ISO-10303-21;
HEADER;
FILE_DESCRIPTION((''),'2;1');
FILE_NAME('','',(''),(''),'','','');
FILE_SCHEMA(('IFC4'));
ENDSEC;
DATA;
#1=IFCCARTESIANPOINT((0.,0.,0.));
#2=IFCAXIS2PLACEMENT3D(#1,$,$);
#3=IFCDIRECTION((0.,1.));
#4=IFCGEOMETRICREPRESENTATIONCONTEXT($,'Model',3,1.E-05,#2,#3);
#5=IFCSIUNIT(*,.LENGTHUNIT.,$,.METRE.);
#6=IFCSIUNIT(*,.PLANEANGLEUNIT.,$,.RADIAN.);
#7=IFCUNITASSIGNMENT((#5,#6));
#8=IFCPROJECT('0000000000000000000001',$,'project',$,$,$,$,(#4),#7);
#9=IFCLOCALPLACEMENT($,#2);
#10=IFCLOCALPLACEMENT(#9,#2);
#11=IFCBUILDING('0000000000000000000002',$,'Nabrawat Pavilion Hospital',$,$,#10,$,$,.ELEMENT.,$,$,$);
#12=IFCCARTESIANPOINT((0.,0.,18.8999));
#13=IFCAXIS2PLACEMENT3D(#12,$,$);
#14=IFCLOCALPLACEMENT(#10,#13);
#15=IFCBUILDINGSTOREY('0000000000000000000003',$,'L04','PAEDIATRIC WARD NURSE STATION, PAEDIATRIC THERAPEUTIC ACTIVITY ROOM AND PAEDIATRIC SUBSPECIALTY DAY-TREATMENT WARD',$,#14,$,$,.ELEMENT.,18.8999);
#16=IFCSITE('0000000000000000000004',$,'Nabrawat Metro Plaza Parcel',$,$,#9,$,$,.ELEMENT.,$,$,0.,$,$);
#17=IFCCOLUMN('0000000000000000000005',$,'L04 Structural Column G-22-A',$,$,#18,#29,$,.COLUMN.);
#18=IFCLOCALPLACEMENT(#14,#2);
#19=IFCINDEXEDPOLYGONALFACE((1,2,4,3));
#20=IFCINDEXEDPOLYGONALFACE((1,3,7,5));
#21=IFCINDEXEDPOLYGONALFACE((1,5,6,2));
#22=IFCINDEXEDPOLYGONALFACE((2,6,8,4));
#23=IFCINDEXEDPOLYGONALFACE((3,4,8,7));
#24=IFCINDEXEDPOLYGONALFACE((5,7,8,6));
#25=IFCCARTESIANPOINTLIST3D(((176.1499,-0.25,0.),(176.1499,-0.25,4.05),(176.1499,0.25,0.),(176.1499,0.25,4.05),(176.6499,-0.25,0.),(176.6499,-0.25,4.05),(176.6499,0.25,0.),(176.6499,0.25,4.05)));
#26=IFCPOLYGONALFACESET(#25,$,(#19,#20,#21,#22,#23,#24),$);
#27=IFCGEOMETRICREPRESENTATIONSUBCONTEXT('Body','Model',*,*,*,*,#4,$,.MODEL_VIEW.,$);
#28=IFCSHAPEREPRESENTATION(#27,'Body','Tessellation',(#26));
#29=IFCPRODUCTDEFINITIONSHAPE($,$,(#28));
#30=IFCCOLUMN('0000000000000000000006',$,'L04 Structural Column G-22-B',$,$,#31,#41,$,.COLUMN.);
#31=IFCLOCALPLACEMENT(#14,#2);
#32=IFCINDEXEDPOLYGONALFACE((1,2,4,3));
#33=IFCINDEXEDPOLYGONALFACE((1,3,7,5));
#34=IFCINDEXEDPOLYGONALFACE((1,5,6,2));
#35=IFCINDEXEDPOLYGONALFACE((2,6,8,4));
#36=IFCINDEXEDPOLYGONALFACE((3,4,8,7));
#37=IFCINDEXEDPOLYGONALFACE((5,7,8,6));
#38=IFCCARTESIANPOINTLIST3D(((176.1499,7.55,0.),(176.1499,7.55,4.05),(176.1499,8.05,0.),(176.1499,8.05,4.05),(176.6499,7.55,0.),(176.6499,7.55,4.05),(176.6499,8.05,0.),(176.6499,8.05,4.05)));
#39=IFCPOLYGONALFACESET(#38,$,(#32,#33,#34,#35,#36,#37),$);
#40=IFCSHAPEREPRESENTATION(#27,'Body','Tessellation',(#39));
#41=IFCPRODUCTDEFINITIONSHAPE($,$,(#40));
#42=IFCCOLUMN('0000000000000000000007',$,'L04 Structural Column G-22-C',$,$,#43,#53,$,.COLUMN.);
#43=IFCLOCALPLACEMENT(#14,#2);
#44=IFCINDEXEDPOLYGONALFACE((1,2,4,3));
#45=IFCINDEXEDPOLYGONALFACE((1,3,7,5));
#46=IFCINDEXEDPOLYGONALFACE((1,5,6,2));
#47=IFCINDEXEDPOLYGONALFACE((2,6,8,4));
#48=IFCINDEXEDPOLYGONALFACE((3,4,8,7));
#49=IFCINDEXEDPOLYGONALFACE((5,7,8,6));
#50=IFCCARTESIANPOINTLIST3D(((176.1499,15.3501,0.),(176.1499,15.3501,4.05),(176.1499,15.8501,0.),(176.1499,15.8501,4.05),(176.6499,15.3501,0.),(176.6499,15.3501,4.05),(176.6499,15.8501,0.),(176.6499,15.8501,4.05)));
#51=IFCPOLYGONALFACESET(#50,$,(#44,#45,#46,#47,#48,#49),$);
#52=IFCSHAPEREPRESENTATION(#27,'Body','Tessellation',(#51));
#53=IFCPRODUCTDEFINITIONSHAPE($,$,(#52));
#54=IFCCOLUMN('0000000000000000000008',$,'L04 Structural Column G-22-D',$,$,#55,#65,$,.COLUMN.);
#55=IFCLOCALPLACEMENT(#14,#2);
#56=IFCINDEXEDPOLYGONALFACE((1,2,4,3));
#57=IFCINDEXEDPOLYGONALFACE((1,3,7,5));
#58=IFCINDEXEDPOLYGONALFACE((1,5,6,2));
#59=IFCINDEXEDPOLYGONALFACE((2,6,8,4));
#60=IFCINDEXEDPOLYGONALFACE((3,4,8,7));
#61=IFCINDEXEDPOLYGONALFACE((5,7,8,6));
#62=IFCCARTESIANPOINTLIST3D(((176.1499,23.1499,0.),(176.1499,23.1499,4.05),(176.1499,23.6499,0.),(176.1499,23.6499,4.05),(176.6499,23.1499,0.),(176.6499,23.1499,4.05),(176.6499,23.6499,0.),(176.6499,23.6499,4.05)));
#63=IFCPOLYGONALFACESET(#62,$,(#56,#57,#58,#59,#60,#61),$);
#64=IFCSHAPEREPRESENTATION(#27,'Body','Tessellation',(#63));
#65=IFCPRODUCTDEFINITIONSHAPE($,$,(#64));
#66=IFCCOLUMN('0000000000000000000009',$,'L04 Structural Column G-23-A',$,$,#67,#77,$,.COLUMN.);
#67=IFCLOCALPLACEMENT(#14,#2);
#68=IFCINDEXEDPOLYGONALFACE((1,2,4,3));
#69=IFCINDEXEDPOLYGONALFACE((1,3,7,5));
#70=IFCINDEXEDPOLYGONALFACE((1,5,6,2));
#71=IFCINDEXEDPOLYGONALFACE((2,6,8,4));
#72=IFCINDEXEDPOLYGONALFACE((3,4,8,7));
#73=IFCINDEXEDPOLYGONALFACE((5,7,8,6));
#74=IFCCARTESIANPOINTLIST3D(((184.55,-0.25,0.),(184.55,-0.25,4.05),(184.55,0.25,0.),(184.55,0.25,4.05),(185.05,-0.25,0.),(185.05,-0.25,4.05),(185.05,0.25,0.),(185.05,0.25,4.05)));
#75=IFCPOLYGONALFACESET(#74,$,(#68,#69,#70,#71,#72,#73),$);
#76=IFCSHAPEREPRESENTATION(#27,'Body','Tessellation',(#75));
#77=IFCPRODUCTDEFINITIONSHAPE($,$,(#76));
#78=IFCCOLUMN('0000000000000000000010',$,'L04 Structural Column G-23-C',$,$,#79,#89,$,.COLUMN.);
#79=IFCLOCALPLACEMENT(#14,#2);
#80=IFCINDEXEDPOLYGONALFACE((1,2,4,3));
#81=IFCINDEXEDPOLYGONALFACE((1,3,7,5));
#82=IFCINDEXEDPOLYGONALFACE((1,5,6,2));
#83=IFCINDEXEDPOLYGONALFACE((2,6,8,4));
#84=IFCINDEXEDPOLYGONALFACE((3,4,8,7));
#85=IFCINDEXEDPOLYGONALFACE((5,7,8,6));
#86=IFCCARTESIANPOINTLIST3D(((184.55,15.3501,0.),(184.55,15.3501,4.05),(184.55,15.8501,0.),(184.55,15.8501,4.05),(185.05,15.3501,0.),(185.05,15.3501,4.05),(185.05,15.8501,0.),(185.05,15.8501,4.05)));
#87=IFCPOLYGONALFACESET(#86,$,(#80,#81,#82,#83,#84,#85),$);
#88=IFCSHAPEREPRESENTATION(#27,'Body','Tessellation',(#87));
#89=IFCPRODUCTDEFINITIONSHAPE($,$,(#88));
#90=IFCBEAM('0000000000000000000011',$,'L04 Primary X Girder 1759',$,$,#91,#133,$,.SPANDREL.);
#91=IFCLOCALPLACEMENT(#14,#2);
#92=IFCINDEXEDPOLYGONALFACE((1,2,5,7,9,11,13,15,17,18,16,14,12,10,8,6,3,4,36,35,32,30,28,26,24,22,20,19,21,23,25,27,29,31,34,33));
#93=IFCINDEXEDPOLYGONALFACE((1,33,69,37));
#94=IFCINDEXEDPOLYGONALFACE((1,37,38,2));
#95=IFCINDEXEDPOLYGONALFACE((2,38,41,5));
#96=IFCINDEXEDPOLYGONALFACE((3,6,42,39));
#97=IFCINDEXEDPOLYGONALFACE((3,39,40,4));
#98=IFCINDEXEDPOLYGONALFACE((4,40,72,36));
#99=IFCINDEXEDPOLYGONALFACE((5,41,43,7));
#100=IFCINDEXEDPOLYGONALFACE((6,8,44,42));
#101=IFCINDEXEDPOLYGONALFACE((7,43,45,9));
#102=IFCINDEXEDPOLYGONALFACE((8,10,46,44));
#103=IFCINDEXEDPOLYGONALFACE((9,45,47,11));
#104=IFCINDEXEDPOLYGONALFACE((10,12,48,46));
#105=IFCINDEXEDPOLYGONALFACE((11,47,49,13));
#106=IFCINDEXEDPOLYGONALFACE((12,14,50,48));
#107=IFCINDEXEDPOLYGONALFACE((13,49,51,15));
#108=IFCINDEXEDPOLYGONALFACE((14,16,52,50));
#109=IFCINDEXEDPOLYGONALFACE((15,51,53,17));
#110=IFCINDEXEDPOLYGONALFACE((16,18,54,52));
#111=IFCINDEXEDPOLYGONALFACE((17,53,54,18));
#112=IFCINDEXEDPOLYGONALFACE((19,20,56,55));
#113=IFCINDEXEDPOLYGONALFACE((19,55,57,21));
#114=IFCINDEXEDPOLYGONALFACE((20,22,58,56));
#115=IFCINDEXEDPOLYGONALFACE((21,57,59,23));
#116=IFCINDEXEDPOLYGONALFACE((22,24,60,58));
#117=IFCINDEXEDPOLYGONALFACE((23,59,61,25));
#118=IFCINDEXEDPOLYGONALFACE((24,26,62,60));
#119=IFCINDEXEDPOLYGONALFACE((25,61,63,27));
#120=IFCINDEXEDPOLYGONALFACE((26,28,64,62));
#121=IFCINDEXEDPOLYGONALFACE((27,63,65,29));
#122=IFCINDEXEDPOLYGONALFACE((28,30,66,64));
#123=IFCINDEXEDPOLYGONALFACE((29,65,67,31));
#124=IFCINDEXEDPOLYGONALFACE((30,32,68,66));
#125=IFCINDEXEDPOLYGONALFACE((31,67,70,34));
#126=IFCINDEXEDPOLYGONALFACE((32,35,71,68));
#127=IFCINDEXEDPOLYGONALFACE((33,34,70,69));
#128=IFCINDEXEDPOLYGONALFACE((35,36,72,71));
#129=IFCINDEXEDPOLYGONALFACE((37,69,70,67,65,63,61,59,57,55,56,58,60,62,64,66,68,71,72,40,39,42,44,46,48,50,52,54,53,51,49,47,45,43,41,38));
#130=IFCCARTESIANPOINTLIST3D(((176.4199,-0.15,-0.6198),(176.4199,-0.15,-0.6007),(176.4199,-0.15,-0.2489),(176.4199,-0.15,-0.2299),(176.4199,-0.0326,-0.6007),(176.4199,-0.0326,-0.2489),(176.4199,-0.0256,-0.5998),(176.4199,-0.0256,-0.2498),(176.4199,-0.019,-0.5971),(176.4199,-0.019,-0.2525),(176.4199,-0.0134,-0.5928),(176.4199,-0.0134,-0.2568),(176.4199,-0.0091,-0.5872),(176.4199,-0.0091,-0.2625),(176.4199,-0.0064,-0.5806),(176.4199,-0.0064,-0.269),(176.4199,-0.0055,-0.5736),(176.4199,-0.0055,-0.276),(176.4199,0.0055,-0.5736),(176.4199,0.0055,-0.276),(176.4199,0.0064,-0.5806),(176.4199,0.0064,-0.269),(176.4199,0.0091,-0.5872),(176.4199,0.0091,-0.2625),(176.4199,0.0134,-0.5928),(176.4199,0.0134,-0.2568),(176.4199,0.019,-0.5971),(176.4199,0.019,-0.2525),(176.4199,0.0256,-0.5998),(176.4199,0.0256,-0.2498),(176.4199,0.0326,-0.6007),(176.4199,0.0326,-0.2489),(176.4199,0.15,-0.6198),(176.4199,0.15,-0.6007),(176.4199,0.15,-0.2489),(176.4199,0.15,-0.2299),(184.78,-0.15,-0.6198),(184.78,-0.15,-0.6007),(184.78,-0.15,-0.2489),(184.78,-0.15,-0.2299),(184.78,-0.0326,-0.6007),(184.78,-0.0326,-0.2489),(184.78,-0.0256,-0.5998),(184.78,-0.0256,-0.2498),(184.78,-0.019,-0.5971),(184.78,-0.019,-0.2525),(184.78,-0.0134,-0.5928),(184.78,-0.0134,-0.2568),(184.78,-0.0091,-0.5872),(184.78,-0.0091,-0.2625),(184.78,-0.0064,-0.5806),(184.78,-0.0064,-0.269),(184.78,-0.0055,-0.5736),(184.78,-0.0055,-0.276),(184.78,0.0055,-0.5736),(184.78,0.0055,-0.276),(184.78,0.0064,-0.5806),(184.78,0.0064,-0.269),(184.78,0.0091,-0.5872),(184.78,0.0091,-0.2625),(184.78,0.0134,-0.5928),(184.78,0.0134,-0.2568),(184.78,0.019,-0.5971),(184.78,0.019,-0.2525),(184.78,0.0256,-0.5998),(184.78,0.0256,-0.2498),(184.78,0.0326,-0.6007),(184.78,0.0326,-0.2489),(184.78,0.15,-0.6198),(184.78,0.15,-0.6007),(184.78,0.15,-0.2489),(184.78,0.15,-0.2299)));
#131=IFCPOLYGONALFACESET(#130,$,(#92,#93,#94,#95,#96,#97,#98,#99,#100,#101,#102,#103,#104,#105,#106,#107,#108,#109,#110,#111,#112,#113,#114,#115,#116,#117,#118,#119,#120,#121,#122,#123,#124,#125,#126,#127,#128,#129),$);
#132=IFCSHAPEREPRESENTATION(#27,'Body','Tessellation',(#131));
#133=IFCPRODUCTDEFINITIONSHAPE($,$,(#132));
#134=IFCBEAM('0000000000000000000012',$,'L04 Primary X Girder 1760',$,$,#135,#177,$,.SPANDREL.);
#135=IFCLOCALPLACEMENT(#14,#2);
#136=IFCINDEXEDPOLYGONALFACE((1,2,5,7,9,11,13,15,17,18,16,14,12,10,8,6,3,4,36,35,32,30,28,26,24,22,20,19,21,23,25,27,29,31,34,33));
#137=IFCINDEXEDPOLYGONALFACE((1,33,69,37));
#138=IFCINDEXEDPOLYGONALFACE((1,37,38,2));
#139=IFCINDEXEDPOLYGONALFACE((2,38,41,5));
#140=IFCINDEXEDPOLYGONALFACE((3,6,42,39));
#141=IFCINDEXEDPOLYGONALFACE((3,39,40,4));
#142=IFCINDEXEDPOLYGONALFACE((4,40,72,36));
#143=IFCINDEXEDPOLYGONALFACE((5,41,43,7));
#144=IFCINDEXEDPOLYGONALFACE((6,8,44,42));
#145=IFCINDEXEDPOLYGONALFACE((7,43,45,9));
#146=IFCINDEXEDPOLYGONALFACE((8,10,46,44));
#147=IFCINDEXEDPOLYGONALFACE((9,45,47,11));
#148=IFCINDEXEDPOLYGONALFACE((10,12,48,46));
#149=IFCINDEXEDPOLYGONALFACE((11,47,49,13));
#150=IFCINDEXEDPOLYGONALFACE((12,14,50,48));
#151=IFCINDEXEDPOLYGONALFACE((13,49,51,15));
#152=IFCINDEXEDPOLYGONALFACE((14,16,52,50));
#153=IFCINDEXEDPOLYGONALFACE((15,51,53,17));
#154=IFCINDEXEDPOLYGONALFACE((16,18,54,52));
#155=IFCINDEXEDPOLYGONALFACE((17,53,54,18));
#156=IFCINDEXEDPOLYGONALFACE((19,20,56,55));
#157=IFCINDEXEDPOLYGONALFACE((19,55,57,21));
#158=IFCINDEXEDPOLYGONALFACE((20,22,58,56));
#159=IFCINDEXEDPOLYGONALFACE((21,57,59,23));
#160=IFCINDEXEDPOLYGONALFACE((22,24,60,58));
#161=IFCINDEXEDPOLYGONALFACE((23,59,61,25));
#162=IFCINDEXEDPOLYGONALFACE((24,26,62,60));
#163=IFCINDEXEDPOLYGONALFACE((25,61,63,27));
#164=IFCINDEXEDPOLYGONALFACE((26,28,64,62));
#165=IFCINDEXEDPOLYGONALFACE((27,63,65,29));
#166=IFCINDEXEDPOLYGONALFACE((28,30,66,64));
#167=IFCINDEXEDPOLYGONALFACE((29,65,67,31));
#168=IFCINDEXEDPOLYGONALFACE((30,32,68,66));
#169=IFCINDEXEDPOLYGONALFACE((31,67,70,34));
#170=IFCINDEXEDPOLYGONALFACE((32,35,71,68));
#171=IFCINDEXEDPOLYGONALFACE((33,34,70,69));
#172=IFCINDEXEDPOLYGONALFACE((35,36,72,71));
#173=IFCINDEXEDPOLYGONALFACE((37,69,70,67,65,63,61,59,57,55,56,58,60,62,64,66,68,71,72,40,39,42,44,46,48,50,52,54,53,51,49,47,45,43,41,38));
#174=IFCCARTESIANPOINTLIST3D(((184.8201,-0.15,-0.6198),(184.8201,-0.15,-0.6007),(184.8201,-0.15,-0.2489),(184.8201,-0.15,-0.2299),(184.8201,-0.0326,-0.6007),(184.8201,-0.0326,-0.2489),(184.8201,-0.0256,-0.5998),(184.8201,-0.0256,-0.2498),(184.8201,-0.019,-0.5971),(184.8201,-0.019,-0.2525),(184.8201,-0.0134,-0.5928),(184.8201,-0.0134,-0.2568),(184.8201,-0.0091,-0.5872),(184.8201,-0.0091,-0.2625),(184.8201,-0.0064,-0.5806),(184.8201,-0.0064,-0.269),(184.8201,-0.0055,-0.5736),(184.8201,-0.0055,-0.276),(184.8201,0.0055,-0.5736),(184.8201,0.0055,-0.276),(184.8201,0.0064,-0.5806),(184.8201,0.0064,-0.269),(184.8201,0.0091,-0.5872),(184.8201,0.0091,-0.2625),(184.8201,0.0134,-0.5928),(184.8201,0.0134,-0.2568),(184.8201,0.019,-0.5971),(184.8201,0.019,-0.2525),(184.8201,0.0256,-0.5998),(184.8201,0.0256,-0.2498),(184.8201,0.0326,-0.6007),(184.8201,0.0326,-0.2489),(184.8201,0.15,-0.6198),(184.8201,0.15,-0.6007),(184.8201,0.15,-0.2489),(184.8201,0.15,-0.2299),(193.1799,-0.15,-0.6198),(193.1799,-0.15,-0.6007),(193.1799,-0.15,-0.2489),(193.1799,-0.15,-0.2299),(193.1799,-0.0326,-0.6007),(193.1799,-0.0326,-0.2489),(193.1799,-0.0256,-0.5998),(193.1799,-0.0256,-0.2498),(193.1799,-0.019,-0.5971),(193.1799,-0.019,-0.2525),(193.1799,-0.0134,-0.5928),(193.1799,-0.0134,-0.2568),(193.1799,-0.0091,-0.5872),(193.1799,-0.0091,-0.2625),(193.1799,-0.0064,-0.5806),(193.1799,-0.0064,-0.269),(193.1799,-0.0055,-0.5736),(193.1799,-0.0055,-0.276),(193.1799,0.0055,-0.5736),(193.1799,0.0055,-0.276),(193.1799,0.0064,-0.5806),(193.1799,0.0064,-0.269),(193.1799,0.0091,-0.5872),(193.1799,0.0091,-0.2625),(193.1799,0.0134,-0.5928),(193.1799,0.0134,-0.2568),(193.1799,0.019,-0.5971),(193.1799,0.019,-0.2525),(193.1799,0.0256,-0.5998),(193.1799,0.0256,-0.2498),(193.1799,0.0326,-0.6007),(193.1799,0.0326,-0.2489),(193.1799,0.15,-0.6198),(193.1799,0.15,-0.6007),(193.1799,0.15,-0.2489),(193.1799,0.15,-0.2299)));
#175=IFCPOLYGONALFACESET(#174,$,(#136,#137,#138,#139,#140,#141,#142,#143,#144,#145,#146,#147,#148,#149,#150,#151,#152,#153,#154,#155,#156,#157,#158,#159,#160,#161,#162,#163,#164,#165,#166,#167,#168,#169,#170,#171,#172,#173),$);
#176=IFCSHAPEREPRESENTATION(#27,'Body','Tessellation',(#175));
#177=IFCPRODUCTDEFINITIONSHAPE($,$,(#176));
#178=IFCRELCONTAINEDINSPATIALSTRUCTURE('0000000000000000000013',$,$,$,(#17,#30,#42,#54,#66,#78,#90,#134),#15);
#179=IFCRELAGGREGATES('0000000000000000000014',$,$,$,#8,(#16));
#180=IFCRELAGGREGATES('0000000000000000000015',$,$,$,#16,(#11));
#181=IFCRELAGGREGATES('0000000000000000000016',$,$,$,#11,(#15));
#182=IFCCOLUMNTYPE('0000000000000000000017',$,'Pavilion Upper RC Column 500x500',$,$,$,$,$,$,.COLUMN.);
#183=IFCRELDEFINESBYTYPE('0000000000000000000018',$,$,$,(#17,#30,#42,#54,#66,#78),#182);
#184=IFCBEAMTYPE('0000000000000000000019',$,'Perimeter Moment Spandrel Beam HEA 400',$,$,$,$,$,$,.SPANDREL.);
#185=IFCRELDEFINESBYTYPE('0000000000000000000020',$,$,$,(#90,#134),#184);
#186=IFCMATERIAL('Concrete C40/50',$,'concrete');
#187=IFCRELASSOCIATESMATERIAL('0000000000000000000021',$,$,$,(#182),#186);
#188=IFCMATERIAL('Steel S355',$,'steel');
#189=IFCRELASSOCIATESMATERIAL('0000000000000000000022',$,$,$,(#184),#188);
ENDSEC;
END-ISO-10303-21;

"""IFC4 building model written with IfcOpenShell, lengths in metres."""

from ifc_helpers import new_model, si_unit, direction, frame, origin, origin_2d, place, context, subcontext, project, spatial, rectangle, i_section, extrude, material, material_profile, profile_set, type_object, element, save


model = new_model("IFC4")

# Units and contexts
model_context = context("Model", 3, precision=1e-05, world=origin(), true_north=direction((0.0, 1.0)))
body_context = subcontext(model_context, "Body", "Model", "MODEL_VIEW")
ifc_project = project(units=[si_unit("LENGTHUNIT", "METRE"), si_unit("PLANEANGLEUNIT", "RADIAN")], contexts=[model_context])

# Site, building, storey
site_placement = place(None, origin())
site = spatial("IfcSite", under=ifc_project, at=site_placement, Name="Nabrawat Metro Plaza Parcel", CompositionType="ELEMENT", RefElevation=0.0)
building_placement = place(site_placement, origin())
building = spatial("IfcBuilding", under=site, at=building_placement, Name="Nabrawat Pavilion Hospital", CompositionType="ELEMENT")
storey_placement = place(building_placement, frame((0.0, 0.0, 18.8999)))
storey = spatial("IfcBuildingStorey", under=building, at=storey_placement, Name="L04", Description="PAEDIATRIC WARD NURSE STATION, PAEDIATRIC THERAPEUTIC ACTIVITY ROOM AND PAEDIATRIC SUBSPECIALTY DAY-TREATMENT WARD", CompositionType="ELEMENT", Elevation=18.8999)

# Columns
ifc_material_1 = material(Name="Concrete C40/50", Category="concrete")
ifc_material_profile_1 = material_profile(ifc_material_1, rectangle(XDim=0.5, YDim=0.5, at=origin_2d()), Name="RC 500x500")
ifc_profile_set_1 = profile_set([ifc_material_profile_1], Name="Concrete C40/50")
column_type = type_object("IfcColumnType", Name="Pavilion Upper RC Column 500x500", PredefinedType="COLUMN", material=ifc_profile_set_1)
for number, where, z_axis, x_axis, name in (
    (1, (176.3999, 0.0, 0.0), (0.0, 0.0, 1.0), (1.0, 0.0, 0.0), "L04 Structural Column G-22-A"),
    (2, (176.3999, 7.8, 0.0), (0.0, 0.0, 1.0), (1.0, 0.0, 0.0), "L04 Structural Column G-22-B"),
    (3, (176.3999, 15.6001, 0.0), (0.0, 0.0, 1.0), (1.0, 0.0, 0.0), "L04 Structural Column G-22-C"),
    (4, (176.3999, 23.3999, 0.0), (0.0, 0.0, 1.0), (1.0, 0.0, 0.0), "L04 Structural Column G-22-D"),
    (5, (184.8, 0.0, 0.0), (0.0, 0.0, 1.0), (1.0, 0.0, 0.0), "L04 Structural Column G-23-A"),
    (6, (184.8, 15.6001, 0.0), (0.0, 0.0, 1.0), (1.0, 0.0, 0.0), "L04 Structural Column G-23-C"),
):
    element("IfcColumn", number, at=place(storey_placement, frame(where, z_axis=z_axis, x_axis=x_axis)), inside=storey, type_object=column_type, Name=name, PredefinedType="COLUMN", context=body_context, shape_type="SweptSolid", body=[
        extrude(rectangle(XDim=0.5, YDim=0.5, at=origin_2d()), origin(), (0.0, 0.0, 1.0), 4.05),
    ])

# Beams
ifc_material_2 = material(Name="Steel S355", Category="steel")
ifc_material_profile_2 = material_profile(ifc_material_2, i_section(OverallWidth=0.3, OverallDepth=0.3899, WebThickness=0.011, FlangeThickness=0.019, FilletRadius=0.0271, at=origin_2d()), Name="HEA 400")
ifc_profile_set_2 = profile_set([ifc_material_profile_2], Name="Steel S355")
beam_type_1 = type_object("IfcBeamType", Name="Perimeter Moment Spandrel Beam HEA 400", PredefinedType="SPANDREL", material=ifc_profile_set_2)
beam_1_placement = place(storey_placement, frame((176.4199, 0.0, -0.4248), z_axis=(1.0, 0.0, 0.0), x_axis=(0.0, 1.0, 0.0)))
element("IfcBeam", 7, at=beam_1_placement, inside=storey, type_object=beam_type_1, Name="L04 Primary X Girder 1759", PredefinedType="SPANDREL", context=body_context, shape_type="SweptSolid", body=[
    extrude(i_section(OverallWidth=0.3, OverallDepth=0.3899, WebThickness=0.011, FlangeThickness=0.019, FilletRadius=0.0271, at=origin_2d()), origin(), (0.0, 0.0, 1.0), 8.3601),
])
beam_2_placement = place(storey_placement, frame((184.8201, 0.0, -0.4248), z_axis=(1.0, 0.0, 0.0), x_axis=(0.0, 1.0, 0.0)))
element("IfcBeam", 8, at=beam_2_placement, inside=storey, type_object=beam_type_1, Name="L04 Primary X Girder 1760", PredefinedType="SPANDREL", context=body_context, shape_type="SweptSolid", body=[
    extrude(i_section(OverallWidth=0.3, OverallDepth=0.3899, WebThickness=0.011, FlangeThickness=0.019, FilletRadius=0.0271, at=origin_2d()), origin(), (0.0, 0.0, 1.0), 8.3599),
])

save(model, "model.ifc")
